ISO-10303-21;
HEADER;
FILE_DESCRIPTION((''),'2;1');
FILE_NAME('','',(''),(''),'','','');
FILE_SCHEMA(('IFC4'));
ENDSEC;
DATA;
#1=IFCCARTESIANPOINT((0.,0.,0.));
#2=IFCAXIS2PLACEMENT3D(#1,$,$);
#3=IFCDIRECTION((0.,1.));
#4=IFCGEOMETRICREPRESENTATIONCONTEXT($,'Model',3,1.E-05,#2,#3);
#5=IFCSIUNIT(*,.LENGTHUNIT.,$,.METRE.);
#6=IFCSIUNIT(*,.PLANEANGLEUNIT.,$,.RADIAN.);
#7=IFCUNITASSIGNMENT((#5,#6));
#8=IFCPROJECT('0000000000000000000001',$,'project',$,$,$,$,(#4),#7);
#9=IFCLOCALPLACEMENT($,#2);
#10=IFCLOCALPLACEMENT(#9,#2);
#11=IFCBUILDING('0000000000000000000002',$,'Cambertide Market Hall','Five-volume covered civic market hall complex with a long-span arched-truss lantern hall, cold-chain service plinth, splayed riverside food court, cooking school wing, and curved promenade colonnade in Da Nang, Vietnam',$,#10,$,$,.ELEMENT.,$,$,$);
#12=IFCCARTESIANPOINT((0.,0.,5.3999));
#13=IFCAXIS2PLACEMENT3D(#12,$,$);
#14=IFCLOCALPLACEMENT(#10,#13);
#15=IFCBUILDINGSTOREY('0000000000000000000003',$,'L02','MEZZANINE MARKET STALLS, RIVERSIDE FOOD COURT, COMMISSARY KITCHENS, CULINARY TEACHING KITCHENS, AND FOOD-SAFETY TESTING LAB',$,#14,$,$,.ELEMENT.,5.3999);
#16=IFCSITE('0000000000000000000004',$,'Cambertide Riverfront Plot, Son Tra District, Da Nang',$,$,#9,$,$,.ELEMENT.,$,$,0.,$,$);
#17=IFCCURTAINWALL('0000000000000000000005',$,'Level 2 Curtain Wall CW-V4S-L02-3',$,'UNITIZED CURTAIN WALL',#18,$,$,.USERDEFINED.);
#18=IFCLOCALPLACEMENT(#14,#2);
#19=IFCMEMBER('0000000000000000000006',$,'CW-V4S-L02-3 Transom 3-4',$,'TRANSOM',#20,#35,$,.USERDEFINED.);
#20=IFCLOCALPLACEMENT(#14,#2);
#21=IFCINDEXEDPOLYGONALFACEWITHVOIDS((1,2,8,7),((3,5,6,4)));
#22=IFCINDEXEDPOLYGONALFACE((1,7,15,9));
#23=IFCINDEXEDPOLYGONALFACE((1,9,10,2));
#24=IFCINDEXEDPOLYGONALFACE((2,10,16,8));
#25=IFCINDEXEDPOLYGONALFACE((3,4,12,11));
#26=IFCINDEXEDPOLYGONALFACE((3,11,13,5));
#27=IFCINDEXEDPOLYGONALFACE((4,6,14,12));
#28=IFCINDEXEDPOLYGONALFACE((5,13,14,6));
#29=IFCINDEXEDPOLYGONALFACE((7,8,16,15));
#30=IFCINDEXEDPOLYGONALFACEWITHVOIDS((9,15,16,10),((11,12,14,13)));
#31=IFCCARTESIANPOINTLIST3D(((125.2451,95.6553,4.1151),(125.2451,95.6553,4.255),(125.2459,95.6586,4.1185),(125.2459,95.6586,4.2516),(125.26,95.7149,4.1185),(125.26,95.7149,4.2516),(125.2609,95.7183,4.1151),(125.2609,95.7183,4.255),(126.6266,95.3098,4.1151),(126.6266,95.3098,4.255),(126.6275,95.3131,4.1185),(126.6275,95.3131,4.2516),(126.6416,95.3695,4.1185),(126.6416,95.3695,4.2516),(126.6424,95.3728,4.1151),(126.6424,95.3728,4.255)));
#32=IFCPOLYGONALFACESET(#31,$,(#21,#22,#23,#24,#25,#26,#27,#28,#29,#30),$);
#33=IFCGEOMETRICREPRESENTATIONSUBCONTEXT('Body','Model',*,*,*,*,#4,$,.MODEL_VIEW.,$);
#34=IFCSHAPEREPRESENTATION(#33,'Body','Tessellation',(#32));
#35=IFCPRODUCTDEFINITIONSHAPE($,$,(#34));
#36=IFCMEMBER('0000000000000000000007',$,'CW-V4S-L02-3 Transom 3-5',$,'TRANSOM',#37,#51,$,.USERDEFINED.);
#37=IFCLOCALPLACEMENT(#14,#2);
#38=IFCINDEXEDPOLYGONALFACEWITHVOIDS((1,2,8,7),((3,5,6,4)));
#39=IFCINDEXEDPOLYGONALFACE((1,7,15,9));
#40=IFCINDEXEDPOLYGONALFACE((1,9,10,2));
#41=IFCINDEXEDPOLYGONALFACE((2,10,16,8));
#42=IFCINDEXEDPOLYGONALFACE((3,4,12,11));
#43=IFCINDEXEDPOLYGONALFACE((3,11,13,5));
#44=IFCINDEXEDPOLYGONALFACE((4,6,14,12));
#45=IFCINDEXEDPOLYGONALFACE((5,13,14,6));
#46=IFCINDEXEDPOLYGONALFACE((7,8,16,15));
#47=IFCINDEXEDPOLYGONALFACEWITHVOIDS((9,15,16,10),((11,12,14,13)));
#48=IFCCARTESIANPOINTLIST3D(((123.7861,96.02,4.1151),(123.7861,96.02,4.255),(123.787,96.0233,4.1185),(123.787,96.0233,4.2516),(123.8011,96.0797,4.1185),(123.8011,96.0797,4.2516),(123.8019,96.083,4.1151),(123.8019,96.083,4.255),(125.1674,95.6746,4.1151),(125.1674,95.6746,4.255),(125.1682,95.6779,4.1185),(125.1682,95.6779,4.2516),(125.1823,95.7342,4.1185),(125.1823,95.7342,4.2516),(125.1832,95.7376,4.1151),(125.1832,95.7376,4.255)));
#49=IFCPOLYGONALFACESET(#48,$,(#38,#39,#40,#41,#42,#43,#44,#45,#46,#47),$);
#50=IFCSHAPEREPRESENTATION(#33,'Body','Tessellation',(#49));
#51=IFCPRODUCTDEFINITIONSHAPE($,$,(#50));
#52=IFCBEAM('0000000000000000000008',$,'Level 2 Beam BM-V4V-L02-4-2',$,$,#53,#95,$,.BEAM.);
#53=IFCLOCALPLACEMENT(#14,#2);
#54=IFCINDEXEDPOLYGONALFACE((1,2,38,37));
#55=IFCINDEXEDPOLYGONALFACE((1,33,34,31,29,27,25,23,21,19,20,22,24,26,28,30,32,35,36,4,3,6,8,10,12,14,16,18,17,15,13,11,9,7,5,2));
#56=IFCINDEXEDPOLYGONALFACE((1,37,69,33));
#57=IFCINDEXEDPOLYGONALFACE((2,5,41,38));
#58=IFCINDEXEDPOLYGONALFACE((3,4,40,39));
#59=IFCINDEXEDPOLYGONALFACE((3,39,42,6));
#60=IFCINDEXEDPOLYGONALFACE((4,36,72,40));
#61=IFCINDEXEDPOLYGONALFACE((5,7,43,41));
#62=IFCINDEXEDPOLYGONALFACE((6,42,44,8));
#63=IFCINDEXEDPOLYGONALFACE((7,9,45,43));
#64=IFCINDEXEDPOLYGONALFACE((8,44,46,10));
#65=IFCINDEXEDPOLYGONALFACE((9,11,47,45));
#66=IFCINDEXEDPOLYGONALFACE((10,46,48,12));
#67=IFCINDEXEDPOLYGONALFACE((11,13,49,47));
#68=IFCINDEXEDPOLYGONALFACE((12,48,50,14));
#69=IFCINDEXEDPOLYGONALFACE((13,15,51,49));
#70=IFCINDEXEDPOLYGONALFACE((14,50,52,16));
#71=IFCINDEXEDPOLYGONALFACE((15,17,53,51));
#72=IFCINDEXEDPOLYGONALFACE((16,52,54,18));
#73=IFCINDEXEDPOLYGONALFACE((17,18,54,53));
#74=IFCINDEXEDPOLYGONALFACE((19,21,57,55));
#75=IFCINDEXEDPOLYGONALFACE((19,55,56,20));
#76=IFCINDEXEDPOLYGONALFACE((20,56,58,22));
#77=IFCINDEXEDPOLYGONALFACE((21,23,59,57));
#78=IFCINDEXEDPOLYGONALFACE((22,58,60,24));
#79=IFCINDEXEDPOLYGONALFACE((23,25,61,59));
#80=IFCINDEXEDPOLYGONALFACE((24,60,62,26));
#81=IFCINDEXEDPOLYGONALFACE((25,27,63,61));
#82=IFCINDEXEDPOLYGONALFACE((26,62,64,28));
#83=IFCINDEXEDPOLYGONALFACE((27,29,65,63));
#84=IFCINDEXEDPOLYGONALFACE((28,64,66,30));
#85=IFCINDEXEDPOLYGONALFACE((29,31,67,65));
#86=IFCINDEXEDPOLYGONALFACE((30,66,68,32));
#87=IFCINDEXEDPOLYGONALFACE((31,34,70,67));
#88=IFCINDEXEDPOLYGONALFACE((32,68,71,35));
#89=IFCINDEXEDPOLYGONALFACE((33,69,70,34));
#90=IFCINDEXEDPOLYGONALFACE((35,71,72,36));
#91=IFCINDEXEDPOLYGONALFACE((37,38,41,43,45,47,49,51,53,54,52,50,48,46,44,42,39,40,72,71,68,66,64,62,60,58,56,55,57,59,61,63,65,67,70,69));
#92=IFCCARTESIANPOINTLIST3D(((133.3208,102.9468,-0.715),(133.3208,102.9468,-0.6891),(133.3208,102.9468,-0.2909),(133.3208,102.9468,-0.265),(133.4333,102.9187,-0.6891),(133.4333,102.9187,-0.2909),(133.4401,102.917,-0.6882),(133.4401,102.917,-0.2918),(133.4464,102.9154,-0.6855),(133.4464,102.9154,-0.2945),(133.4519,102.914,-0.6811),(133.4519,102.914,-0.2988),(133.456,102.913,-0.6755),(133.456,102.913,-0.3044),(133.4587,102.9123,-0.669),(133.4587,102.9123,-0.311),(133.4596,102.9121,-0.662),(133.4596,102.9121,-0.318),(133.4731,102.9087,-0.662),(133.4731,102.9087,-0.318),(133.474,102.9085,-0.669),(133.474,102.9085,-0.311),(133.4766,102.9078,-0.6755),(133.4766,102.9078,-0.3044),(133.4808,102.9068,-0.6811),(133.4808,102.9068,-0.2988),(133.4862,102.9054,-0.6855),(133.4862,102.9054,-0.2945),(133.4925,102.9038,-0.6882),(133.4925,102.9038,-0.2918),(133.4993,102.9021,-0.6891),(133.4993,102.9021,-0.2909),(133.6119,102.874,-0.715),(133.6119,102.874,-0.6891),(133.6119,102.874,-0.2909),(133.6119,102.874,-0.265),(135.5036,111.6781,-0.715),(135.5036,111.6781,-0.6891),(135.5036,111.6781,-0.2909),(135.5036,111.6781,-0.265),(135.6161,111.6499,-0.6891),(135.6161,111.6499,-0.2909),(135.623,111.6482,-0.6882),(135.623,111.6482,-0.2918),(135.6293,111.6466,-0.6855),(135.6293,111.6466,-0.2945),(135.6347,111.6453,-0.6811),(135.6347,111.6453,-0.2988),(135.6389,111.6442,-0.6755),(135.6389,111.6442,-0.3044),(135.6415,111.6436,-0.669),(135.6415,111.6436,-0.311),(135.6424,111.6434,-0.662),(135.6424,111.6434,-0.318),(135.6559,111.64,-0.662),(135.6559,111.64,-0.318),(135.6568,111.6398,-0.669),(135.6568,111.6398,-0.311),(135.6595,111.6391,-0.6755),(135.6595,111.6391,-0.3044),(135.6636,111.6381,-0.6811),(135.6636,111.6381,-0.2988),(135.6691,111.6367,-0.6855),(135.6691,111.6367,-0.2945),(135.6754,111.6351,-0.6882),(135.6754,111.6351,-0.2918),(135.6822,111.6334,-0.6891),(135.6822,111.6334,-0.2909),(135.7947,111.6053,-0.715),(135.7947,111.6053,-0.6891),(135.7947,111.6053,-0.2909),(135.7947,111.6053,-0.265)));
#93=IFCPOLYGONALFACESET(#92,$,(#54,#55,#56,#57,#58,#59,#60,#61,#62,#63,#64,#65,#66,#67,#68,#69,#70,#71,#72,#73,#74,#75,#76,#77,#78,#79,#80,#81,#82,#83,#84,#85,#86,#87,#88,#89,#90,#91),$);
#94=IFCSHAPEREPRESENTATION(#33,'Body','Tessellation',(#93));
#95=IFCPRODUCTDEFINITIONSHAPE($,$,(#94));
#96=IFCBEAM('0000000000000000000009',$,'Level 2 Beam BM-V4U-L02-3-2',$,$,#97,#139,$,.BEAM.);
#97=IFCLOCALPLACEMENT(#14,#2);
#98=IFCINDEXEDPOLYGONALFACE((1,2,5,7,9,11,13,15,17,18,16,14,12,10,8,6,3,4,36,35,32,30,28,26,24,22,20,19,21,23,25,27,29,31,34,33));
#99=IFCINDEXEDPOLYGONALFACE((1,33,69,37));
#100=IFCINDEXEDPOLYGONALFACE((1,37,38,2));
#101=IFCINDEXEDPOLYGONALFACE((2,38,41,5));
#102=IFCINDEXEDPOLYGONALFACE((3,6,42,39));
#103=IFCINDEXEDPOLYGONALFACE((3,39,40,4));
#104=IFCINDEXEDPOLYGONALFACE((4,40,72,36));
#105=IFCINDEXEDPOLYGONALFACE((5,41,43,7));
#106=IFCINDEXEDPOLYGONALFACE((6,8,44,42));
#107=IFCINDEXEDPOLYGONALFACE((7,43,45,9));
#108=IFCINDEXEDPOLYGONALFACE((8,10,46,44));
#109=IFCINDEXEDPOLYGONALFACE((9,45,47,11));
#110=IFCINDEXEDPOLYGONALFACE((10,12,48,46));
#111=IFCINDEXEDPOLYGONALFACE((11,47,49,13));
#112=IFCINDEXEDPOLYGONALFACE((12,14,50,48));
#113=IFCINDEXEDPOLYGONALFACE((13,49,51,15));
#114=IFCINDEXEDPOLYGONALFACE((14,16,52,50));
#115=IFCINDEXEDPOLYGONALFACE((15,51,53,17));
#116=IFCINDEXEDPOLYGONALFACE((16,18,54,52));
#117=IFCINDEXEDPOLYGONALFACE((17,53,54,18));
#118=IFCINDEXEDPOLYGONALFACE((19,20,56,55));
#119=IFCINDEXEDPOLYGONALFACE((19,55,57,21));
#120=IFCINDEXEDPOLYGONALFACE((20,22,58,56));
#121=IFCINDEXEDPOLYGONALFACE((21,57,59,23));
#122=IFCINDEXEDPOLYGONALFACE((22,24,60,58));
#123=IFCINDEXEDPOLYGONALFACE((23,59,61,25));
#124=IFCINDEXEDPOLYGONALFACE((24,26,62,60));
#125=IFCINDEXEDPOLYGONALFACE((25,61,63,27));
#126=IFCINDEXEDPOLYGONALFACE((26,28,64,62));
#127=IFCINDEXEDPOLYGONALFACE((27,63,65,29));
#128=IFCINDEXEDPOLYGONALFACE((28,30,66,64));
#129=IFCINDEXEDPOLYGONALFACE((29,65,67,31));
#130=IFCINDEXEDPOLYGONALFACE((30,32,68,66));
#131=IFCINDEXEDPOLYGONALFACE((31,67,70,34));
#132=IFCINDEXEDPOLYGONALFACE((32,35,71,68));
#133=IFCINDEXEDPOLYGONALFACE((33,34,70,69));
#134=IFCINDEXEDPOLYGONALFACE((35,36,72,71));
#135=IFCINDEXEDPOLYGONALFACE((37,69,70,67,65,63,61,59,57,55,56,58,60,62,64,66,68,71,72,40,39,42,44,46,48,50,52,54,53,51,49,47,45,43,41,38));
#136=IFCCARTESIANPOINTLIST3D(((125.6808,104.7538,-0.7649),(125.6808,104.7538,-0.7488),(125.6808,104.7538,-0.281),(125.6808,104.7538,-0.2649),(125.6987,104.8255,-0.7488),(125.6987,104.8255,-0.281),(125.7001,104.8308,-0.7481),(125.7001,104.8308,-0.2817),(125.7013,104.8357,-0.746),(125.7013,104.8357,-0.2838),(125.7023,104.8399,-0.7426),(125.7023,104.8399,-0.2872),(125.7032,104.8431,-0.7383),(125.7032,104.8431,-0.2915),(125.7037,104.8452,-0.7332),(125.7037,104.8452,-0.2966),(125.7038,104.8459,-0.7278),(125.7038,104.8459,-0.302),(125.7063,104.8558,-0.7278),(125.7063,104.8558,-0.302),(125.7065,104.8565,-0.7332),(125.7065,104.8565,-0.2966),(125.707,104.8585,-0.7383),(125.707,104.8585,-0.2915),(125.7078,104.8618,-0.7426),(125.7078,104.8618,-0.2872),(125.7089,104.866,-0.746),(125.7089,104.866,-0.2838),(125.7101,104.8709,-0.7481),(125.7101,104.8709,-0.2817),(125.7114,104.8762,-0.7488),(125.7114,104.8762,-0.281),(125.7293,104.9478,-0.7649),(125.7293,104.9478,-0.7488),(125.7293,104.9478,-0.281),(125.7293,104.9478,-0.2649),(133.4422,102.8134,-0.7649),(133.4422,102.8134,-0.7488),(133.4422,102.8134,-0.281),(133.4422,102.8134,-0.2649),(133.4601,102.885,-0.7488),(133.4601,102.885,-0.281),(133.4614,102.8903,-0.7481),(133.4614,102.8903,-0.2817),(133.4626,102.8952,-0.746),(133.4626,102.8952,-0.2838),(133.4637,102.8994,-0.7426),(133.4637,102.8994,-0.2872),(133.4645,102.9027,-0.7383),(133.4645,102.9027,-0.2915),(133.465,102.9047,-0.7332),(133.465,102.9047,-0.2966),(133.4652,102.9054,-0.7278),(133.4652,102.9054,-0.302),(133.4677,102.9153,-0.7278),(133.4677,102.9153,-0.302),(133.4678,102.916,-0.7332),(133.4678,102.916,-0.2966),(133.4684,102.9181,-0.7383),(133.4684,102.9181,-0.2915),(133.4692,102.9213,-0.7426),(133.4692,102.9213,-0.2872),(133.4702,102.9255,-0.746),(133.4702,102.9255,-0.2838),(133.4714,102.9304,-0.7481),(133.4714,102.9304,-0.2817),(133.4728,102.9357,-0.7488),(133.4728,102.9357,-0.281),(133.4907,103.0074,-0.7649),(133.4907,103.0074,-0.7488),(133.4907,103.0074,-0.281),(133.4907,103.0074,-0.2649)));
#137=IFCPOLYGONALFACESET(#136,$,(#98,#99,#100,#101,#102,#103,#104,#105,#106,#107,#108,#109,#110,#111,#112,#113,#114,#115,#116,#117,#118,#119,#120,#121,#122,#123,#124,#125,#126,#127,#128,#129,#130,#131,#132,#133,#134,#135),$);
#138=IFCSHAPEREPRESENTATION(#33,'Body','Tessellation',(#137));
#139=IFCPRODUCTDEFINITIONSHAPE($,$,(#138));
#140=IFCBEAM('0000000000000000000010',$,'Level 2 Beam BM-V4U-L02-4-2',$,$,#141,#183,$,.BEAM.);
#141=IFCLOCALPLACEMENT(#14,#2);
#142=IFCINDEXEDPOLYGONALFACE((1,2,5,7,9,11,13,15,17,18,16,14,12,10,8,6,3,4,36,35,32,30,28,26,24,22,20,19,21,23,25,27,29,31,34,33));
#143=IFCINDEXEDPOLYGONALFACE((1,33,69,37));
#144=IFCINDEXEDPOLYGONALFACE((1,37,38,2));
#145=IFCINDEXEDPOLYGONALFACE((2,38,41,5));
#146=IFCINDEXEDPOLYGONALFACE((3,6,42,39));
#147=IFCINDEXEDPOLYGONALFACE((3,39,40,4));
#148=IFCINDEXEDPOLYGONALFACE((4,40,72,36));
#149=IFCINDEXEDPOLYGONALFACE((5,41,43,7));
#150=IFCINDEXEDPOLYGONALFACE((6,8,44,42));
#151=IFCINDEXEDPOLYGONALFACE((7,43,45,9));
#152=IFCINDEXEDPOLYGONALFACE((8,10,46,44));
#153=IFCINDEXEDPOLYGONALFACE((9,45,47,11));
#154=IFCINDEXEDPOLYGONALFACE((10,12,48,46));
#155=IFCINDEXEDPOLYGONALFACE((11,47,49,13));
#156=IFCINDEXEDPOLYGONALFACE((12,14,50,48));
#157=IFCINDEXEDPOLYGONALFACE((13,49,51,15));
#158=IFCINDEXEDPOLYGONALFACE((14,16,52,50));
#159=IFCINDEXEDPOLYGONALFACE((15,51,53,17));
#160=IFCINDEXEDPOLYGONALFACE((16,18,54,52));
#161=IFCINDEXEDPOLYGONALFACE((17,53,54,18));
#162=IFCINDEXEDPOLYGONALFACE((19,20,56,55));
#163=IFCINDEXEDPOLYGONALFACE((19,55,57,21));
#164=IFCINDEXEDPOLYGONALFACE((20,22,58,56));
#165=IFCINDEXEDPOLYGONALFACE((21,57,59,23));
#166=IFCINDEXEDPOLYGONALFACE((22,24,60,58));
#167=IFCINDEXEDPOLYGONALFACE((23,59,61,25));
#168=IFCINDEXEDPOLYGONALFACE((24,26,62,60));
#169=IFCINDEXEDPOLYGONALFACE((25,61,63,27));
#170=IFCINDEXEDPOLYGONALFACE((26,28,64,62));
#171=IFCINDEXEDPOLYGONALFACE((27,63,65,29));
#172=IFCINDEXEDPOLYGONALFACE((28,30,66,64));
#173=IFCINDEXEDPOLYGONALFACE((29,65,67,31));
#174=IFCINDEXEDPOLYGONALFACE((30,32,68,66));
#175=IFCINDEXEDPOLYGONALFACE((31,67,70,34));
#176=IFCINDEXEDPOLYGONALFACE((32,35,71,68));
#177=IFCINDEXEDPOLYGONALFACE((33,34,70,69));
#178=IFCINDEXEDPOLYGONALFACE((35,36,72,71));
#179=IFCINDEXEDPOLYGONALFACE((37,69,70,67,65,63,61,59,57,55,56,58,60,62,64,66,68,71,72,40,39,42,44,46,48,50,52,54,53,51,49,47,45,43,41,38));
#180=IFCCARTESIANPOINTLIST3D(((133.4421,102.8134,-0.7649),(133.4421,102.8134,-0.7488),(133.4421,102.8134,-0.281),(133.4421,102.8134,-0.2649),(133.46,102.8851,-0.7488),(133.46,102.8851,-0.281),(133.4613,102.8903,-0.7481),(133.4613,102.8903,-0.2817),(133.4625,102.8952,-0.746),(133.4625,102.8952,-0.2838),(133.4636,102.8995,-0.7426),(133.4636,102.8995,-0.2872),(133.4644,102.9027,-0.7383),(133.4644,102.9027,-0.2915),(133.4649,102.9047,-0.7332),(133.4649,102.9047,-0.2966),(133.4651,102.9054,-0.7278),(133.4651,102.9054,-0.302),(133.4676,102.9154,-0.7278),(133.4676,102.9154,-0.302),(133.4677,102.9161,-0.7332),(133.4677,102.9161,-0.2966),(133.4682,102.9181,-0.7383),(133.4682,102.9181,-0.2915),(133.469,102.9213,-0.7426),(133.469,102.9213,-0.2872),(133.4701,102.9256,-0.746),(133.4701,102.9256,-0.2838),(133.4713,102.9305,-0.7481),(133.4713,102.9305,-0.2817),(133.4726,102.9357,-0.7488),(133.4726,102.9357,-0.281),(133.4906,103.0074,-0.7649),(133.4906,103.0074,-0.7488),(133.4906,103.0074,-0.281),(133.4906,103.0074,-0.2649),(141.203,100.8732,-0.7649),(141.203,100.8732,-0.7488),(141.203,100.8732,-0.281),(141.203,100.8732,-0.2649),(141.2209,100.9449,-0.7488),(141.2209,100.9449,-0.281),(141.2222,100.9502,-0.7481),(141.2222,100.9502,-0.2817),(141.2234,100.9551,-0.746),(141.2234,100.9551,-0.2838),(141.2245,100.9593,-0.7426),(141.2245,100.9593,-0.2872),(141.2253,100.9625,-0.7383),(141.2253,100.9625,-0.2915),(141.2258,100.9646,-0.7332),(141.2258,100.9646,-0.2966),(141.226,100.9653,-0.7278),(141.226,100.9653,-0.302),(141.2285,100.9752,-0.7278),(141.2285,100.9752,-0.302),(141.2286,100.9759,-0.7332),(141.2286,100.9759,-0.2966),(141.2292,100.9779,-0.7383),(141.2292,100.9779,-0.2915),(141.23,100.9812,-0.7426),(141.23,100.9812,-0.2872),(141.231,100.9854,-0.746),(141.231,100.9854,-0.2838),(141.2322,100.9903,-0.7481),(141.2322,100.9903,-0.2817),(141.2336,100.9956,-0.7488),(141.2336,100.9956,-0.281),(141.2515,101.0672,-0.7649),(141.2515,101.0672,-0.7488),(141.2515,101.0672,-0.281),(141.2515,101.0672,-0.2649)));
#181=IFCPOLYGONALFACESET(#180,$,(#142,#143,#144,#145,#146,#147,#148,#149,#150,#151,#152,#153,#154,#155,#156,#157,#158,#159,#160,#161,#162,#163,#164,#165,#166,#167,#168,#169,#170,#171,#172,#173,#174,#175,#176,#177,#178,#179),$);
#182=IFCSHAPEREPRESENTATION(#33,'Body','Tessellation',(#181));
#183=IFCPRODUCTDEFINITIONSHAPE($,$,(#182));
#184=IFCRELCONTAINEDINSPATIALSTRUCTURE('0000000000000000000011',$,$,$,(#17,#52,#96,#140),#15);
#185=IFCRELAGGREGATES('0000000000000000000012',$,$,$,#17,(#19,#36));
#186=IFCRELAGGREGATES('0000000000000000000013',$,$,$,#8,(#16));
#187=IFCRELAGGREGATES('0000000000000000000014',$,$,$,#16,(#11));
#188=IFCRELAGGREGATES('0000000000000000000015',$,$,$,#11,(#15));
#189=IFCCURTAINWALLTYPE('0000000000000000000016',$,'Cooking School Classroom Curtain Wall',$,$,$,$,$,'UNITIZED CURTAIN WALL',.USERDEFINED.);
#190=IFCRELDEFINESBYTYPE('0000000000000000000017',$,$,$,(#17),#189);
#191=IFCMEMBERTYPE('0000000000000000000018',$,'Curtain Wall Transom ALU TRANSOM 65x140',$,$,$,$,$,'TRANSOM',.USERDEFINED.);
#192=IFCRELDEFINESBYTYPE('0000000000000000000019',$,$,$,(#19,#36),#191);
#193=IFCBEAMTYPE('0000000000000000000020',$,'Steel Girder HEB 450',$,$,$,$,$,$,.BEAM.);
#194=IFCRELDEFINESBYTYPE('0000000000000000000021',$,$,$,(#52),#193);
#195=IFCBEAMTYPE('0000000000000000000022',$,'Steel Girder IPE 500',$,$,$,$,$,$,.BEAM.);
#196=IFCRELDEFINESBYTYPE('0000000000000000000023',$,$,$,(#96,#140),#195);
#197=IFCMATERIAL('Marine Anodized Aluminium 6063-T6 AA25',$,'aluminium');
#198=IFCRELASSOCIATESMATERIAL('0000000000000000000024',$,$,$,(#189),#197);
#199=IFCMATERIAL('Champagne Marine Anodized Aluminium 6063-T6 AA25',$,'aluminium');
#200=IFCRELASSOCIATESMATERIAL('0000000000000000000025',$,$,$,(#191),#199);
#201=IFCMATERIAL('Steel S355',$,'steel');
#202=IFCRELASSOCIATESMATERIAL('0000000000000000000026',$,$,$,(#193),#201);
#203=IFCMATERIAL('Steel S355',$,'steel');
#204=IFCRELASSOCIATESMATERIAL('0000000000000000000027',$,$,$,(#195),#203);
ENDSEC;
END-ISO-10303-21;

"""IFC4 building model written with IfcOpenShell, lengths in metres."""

from ifc_helpers import new_model, si_unit, direction, frame, origin, origin_2d, place, context, subcontext, project, spatial, hollow_rectangle, i_section, extrude, material, material_profile, profile_set, type_object, element, aggregate, save


model = new_model("IFC4")

# Units and contexts
model_context = context("Model", 3, precision=1e-05, world=origin(), true_north=direction((0.0, 1.0)))
body_context = subcontext(model_context, "Body", "Model", "MODEL_VIEW")
ifc_project = project(units=[si_unit("LENGTHUNIT", "METRE"), si_unit("PLANEANGLEUNIT", "RADIAN")], contexts=[model_context])

# Site, building, storey
site_placement = place(None, origin())
site = spatial("IfcSite", under=ifc_project, at=site_placement, Name="Cambertide Riverfront Plot, Son Tra District, Da Nang", CompositionType="ELEMENT", RefElevation=0.0)
building_placement = place(site_placement, origin())
building = spatial("IfcBuilding", under=site, at=building_placement, Name="Cambertide Market Hall", Description="Five-volume covered civic market hall complex with a long-span arched-truss lantern hall, cold-chain service plinth, splayed riverside food court, cooking school wing, and curved promenade colonnade in Da Nang, Vietnam", CompositionType="ELEMENT")
storey_placement = place(building_placement, frame((0.0, 0.0, 5.3999)))
storey = spatial("IfcBuildingStorey", under=building, at=storey_placement, Name="L02", Description="MEZZANINE MARKET STALLS, RIVERSIDE FOOD COURT, COMMISSARY KITCHENS, CULINARY TEACHING KITCHENS, AND FOOD-SAFETY TESTING LAB", CompositionType="ELEMENT", Elevation=5.3999)

# Curtain wall, members
ifc_material_1 = material(Name="Marine Anodized Aluminium 6063-T6 AA25", Category="aluminium")
curtain_wall_type = type_object("IfcCurtainWallType", Name="Cooking School Classroom Curtain Wall", ElementType="UNITIZED CURTAIN WALL", PredefinedType="USERDEFINED", material=ifc_material_1)
curtain_wall_placement = place(storey_placement, origin())
curtain_wall = element("IfcCurtainWall", 1, at=curtain_wall_placement, inside=storey, type_object=curtain_wall_type, Name="Level 2 Curtain Wall CW-V4S-L02-3", ObjectType="UNITIZED CURTAIN WALL", PredefinedType="USERDEFINED")
ifc_material_2 = material(Name="Champagne Marine Anodized Aluminium 6063-T6 AA25", Category="aluminium")
ifc_material_profile_1 = material_profile(ifc_material_2, hollow_rectangle(XDim=0.0649, YDim=0.1399, WallThickness=0.0034, at=origin_2d()), Name="ALU TRANSOM 65x140")
ifc_profile_set_1 = profile_set([ifc_material_profile_1], Name="Champagne Marine Anodized Aluminium 6063-T6 AA25")
member_type_1 = type_object("IfcMemberType", Name="Curtain Wall Transom ALU TRANSOM 65x140", ElementType="TRANSOM", PredefinedType="USERDEFINED", material=ifc_profile_set_1)
member_1_placement = place(storey_placement, frame((126.6345, 95.3413, 4.1851), z_axis=(-0.970132, 0.242576, 0.0), x_axis=(-0.242576, -0.970132, 0.0)))
member_1 = element("IfcMember", 2, at=member_1_placement, type_object=member_type_1, Name="CW-V4S-L02-3 Transom 3-4", ObjectType="TRANSOM", PredefinedType="USERDEFINED", context=body_context, shape_type="SweptSolid", body=[
    extrude(hollow_rectangle(XDim=0.0649, YDim=0.1399, WallThickness=0.0034, at=origin_2d()), origin(), (0.0, 0.0, 1.0), 1.4241),
])
member_2_placement = place(storey_placement, frame((125.1753, 95.7061, 4.1851), z_axis=(-0.970122, 0.242616, 0.0), x_axis=(-0.242616, -0.970122, 0.0)))
member_2 = element("IfcMember", 3, at=member_2_placement, type_object=member_type_1, Name="CW-V4S-L02-3 Transom 3-5", ObjectType="TRANSOM", PredefinedType="USERDEFINED", context=body_context, shape_type="SweptSolid", body=[
    extrude(hollow_rectangle(XDim=0.0649, YDim=0.1399, WallThickness=0.0034, at=origin_2d()), origin(), (0.0, 0.0, 1.0), 1.4238),
])

# Beams
ifc_material_3 = material(Name="Steel S355", Category="steel")
ifc_material_profile_2 = material_profile(ifc_material_3, i_section(OverallWidth=0.3, OverallDepth=0.45, WebThickness=0.0139, FlangeThickness=0.0259, FilletRadius=0.0271, at=origin_2d()), Name="HEB 450")
ifc_profile_set_2 = profile_set([ifc_material_profile_2], Name="Steel S355")
beam_type_1 = type_object("IfcBeamType", Name="Steel Girder HEB 450", PredefinedType="BEAM", material=ifc_profile_set_2)
beam_1_placement = place(storey_placement, frame((133.4663, 102.9104, -0.49), z_axis=(0.242542, 0.970141, 0.0), x_axis=(-0.970141, 0.242542, 0.0)))
element("IfcBeam", 4, at=beam_1_placement, inside=storey, type_object=beam_type_1, Name="Level 2 Beam BM-V4V-L02-4-2", PredefinedType="BEAM", context=body_context, shape_type="SweptSolid", body=[
    extrude(i_section(OverallWidth=0.3, OverallDepth=0.45, WebThickness=0.0139, FlangeThickness=0.0259, FilletRadius=0.0271, at=origin_2d()), origin(), (0.0, 0.0, 1.0), 9.0),
])
ifc_material_4 = material(Name="Steel S355", Category="steel")
ifc_material_profile_3 = material_profile(ifc_material_4, i_section(OverallWidth=0.2, OverallDepth=0.5, WebThickness=0.0103, FlangeThickness=0.0161, FilletRadius=0.021, at=origin_2d()), Name="IPE 500")
ifc_profile_set_3 = profile_set([ifc_material_profile_3], Name="Steel S355")
beam_type_2 = type_object("IfcBeamType", Name="Steel Girder IPE 500", PredefinedType="BEAM", material=ifc_profile_set_3)
beam_2_placement = place(storey_placement, frame((125.7051, 104.8508, -0.5149), z_axis=(0.970139, -0.24255, 0.0), x_axis=(0.24255, 0.970139, 0.0)))
element("IfcBeam", 5, at=beam_2_placement, inside=storey, type_object=beam_type_2, Name="Level 2 Beam BM-V4U-L02-3-2", PredefinedType="BEAM", context=body_context, shape_type="SweptSolid", body=[
    extrude(i_section(OverallWidth=0.2, OverallDepth=0.5, WebThickness=0.0103, FlangeThickness=0.0161, FilletRadius=0.021, at=origin_2d()), origin(), (0.0, 0.0, 1.0), 8.0002),
])
beam_3_placement = place(storey_placement, frame((133.4663, 102.9104, -0.5149), z_axis=(0.970144, -0.242528, 0.0), x_axis=(0.242528, 0.970144, 0.0)))
element("IfcBeam", 6, at=beam_3_placement, inside=storey, type_object=beam_type_2, Name="Level 2 Beam BM-V4U-L02-4-2", PredefinedType="BEAM", context=body_context, shape_type="SweptSolid", body=[
    extrude(i_section(OverallWidth=0.2, OverallDepth=0.5, WebThickness=0.0103, FlangeThickness=0.0161, FilletRadius=0.021, at=origin_2d()), origin(), (0.0, 0.0, 1.0), 7.9998),
])

aggregate(curtain_wall, [member_1, member_2])

save(model, "model.ifc")
